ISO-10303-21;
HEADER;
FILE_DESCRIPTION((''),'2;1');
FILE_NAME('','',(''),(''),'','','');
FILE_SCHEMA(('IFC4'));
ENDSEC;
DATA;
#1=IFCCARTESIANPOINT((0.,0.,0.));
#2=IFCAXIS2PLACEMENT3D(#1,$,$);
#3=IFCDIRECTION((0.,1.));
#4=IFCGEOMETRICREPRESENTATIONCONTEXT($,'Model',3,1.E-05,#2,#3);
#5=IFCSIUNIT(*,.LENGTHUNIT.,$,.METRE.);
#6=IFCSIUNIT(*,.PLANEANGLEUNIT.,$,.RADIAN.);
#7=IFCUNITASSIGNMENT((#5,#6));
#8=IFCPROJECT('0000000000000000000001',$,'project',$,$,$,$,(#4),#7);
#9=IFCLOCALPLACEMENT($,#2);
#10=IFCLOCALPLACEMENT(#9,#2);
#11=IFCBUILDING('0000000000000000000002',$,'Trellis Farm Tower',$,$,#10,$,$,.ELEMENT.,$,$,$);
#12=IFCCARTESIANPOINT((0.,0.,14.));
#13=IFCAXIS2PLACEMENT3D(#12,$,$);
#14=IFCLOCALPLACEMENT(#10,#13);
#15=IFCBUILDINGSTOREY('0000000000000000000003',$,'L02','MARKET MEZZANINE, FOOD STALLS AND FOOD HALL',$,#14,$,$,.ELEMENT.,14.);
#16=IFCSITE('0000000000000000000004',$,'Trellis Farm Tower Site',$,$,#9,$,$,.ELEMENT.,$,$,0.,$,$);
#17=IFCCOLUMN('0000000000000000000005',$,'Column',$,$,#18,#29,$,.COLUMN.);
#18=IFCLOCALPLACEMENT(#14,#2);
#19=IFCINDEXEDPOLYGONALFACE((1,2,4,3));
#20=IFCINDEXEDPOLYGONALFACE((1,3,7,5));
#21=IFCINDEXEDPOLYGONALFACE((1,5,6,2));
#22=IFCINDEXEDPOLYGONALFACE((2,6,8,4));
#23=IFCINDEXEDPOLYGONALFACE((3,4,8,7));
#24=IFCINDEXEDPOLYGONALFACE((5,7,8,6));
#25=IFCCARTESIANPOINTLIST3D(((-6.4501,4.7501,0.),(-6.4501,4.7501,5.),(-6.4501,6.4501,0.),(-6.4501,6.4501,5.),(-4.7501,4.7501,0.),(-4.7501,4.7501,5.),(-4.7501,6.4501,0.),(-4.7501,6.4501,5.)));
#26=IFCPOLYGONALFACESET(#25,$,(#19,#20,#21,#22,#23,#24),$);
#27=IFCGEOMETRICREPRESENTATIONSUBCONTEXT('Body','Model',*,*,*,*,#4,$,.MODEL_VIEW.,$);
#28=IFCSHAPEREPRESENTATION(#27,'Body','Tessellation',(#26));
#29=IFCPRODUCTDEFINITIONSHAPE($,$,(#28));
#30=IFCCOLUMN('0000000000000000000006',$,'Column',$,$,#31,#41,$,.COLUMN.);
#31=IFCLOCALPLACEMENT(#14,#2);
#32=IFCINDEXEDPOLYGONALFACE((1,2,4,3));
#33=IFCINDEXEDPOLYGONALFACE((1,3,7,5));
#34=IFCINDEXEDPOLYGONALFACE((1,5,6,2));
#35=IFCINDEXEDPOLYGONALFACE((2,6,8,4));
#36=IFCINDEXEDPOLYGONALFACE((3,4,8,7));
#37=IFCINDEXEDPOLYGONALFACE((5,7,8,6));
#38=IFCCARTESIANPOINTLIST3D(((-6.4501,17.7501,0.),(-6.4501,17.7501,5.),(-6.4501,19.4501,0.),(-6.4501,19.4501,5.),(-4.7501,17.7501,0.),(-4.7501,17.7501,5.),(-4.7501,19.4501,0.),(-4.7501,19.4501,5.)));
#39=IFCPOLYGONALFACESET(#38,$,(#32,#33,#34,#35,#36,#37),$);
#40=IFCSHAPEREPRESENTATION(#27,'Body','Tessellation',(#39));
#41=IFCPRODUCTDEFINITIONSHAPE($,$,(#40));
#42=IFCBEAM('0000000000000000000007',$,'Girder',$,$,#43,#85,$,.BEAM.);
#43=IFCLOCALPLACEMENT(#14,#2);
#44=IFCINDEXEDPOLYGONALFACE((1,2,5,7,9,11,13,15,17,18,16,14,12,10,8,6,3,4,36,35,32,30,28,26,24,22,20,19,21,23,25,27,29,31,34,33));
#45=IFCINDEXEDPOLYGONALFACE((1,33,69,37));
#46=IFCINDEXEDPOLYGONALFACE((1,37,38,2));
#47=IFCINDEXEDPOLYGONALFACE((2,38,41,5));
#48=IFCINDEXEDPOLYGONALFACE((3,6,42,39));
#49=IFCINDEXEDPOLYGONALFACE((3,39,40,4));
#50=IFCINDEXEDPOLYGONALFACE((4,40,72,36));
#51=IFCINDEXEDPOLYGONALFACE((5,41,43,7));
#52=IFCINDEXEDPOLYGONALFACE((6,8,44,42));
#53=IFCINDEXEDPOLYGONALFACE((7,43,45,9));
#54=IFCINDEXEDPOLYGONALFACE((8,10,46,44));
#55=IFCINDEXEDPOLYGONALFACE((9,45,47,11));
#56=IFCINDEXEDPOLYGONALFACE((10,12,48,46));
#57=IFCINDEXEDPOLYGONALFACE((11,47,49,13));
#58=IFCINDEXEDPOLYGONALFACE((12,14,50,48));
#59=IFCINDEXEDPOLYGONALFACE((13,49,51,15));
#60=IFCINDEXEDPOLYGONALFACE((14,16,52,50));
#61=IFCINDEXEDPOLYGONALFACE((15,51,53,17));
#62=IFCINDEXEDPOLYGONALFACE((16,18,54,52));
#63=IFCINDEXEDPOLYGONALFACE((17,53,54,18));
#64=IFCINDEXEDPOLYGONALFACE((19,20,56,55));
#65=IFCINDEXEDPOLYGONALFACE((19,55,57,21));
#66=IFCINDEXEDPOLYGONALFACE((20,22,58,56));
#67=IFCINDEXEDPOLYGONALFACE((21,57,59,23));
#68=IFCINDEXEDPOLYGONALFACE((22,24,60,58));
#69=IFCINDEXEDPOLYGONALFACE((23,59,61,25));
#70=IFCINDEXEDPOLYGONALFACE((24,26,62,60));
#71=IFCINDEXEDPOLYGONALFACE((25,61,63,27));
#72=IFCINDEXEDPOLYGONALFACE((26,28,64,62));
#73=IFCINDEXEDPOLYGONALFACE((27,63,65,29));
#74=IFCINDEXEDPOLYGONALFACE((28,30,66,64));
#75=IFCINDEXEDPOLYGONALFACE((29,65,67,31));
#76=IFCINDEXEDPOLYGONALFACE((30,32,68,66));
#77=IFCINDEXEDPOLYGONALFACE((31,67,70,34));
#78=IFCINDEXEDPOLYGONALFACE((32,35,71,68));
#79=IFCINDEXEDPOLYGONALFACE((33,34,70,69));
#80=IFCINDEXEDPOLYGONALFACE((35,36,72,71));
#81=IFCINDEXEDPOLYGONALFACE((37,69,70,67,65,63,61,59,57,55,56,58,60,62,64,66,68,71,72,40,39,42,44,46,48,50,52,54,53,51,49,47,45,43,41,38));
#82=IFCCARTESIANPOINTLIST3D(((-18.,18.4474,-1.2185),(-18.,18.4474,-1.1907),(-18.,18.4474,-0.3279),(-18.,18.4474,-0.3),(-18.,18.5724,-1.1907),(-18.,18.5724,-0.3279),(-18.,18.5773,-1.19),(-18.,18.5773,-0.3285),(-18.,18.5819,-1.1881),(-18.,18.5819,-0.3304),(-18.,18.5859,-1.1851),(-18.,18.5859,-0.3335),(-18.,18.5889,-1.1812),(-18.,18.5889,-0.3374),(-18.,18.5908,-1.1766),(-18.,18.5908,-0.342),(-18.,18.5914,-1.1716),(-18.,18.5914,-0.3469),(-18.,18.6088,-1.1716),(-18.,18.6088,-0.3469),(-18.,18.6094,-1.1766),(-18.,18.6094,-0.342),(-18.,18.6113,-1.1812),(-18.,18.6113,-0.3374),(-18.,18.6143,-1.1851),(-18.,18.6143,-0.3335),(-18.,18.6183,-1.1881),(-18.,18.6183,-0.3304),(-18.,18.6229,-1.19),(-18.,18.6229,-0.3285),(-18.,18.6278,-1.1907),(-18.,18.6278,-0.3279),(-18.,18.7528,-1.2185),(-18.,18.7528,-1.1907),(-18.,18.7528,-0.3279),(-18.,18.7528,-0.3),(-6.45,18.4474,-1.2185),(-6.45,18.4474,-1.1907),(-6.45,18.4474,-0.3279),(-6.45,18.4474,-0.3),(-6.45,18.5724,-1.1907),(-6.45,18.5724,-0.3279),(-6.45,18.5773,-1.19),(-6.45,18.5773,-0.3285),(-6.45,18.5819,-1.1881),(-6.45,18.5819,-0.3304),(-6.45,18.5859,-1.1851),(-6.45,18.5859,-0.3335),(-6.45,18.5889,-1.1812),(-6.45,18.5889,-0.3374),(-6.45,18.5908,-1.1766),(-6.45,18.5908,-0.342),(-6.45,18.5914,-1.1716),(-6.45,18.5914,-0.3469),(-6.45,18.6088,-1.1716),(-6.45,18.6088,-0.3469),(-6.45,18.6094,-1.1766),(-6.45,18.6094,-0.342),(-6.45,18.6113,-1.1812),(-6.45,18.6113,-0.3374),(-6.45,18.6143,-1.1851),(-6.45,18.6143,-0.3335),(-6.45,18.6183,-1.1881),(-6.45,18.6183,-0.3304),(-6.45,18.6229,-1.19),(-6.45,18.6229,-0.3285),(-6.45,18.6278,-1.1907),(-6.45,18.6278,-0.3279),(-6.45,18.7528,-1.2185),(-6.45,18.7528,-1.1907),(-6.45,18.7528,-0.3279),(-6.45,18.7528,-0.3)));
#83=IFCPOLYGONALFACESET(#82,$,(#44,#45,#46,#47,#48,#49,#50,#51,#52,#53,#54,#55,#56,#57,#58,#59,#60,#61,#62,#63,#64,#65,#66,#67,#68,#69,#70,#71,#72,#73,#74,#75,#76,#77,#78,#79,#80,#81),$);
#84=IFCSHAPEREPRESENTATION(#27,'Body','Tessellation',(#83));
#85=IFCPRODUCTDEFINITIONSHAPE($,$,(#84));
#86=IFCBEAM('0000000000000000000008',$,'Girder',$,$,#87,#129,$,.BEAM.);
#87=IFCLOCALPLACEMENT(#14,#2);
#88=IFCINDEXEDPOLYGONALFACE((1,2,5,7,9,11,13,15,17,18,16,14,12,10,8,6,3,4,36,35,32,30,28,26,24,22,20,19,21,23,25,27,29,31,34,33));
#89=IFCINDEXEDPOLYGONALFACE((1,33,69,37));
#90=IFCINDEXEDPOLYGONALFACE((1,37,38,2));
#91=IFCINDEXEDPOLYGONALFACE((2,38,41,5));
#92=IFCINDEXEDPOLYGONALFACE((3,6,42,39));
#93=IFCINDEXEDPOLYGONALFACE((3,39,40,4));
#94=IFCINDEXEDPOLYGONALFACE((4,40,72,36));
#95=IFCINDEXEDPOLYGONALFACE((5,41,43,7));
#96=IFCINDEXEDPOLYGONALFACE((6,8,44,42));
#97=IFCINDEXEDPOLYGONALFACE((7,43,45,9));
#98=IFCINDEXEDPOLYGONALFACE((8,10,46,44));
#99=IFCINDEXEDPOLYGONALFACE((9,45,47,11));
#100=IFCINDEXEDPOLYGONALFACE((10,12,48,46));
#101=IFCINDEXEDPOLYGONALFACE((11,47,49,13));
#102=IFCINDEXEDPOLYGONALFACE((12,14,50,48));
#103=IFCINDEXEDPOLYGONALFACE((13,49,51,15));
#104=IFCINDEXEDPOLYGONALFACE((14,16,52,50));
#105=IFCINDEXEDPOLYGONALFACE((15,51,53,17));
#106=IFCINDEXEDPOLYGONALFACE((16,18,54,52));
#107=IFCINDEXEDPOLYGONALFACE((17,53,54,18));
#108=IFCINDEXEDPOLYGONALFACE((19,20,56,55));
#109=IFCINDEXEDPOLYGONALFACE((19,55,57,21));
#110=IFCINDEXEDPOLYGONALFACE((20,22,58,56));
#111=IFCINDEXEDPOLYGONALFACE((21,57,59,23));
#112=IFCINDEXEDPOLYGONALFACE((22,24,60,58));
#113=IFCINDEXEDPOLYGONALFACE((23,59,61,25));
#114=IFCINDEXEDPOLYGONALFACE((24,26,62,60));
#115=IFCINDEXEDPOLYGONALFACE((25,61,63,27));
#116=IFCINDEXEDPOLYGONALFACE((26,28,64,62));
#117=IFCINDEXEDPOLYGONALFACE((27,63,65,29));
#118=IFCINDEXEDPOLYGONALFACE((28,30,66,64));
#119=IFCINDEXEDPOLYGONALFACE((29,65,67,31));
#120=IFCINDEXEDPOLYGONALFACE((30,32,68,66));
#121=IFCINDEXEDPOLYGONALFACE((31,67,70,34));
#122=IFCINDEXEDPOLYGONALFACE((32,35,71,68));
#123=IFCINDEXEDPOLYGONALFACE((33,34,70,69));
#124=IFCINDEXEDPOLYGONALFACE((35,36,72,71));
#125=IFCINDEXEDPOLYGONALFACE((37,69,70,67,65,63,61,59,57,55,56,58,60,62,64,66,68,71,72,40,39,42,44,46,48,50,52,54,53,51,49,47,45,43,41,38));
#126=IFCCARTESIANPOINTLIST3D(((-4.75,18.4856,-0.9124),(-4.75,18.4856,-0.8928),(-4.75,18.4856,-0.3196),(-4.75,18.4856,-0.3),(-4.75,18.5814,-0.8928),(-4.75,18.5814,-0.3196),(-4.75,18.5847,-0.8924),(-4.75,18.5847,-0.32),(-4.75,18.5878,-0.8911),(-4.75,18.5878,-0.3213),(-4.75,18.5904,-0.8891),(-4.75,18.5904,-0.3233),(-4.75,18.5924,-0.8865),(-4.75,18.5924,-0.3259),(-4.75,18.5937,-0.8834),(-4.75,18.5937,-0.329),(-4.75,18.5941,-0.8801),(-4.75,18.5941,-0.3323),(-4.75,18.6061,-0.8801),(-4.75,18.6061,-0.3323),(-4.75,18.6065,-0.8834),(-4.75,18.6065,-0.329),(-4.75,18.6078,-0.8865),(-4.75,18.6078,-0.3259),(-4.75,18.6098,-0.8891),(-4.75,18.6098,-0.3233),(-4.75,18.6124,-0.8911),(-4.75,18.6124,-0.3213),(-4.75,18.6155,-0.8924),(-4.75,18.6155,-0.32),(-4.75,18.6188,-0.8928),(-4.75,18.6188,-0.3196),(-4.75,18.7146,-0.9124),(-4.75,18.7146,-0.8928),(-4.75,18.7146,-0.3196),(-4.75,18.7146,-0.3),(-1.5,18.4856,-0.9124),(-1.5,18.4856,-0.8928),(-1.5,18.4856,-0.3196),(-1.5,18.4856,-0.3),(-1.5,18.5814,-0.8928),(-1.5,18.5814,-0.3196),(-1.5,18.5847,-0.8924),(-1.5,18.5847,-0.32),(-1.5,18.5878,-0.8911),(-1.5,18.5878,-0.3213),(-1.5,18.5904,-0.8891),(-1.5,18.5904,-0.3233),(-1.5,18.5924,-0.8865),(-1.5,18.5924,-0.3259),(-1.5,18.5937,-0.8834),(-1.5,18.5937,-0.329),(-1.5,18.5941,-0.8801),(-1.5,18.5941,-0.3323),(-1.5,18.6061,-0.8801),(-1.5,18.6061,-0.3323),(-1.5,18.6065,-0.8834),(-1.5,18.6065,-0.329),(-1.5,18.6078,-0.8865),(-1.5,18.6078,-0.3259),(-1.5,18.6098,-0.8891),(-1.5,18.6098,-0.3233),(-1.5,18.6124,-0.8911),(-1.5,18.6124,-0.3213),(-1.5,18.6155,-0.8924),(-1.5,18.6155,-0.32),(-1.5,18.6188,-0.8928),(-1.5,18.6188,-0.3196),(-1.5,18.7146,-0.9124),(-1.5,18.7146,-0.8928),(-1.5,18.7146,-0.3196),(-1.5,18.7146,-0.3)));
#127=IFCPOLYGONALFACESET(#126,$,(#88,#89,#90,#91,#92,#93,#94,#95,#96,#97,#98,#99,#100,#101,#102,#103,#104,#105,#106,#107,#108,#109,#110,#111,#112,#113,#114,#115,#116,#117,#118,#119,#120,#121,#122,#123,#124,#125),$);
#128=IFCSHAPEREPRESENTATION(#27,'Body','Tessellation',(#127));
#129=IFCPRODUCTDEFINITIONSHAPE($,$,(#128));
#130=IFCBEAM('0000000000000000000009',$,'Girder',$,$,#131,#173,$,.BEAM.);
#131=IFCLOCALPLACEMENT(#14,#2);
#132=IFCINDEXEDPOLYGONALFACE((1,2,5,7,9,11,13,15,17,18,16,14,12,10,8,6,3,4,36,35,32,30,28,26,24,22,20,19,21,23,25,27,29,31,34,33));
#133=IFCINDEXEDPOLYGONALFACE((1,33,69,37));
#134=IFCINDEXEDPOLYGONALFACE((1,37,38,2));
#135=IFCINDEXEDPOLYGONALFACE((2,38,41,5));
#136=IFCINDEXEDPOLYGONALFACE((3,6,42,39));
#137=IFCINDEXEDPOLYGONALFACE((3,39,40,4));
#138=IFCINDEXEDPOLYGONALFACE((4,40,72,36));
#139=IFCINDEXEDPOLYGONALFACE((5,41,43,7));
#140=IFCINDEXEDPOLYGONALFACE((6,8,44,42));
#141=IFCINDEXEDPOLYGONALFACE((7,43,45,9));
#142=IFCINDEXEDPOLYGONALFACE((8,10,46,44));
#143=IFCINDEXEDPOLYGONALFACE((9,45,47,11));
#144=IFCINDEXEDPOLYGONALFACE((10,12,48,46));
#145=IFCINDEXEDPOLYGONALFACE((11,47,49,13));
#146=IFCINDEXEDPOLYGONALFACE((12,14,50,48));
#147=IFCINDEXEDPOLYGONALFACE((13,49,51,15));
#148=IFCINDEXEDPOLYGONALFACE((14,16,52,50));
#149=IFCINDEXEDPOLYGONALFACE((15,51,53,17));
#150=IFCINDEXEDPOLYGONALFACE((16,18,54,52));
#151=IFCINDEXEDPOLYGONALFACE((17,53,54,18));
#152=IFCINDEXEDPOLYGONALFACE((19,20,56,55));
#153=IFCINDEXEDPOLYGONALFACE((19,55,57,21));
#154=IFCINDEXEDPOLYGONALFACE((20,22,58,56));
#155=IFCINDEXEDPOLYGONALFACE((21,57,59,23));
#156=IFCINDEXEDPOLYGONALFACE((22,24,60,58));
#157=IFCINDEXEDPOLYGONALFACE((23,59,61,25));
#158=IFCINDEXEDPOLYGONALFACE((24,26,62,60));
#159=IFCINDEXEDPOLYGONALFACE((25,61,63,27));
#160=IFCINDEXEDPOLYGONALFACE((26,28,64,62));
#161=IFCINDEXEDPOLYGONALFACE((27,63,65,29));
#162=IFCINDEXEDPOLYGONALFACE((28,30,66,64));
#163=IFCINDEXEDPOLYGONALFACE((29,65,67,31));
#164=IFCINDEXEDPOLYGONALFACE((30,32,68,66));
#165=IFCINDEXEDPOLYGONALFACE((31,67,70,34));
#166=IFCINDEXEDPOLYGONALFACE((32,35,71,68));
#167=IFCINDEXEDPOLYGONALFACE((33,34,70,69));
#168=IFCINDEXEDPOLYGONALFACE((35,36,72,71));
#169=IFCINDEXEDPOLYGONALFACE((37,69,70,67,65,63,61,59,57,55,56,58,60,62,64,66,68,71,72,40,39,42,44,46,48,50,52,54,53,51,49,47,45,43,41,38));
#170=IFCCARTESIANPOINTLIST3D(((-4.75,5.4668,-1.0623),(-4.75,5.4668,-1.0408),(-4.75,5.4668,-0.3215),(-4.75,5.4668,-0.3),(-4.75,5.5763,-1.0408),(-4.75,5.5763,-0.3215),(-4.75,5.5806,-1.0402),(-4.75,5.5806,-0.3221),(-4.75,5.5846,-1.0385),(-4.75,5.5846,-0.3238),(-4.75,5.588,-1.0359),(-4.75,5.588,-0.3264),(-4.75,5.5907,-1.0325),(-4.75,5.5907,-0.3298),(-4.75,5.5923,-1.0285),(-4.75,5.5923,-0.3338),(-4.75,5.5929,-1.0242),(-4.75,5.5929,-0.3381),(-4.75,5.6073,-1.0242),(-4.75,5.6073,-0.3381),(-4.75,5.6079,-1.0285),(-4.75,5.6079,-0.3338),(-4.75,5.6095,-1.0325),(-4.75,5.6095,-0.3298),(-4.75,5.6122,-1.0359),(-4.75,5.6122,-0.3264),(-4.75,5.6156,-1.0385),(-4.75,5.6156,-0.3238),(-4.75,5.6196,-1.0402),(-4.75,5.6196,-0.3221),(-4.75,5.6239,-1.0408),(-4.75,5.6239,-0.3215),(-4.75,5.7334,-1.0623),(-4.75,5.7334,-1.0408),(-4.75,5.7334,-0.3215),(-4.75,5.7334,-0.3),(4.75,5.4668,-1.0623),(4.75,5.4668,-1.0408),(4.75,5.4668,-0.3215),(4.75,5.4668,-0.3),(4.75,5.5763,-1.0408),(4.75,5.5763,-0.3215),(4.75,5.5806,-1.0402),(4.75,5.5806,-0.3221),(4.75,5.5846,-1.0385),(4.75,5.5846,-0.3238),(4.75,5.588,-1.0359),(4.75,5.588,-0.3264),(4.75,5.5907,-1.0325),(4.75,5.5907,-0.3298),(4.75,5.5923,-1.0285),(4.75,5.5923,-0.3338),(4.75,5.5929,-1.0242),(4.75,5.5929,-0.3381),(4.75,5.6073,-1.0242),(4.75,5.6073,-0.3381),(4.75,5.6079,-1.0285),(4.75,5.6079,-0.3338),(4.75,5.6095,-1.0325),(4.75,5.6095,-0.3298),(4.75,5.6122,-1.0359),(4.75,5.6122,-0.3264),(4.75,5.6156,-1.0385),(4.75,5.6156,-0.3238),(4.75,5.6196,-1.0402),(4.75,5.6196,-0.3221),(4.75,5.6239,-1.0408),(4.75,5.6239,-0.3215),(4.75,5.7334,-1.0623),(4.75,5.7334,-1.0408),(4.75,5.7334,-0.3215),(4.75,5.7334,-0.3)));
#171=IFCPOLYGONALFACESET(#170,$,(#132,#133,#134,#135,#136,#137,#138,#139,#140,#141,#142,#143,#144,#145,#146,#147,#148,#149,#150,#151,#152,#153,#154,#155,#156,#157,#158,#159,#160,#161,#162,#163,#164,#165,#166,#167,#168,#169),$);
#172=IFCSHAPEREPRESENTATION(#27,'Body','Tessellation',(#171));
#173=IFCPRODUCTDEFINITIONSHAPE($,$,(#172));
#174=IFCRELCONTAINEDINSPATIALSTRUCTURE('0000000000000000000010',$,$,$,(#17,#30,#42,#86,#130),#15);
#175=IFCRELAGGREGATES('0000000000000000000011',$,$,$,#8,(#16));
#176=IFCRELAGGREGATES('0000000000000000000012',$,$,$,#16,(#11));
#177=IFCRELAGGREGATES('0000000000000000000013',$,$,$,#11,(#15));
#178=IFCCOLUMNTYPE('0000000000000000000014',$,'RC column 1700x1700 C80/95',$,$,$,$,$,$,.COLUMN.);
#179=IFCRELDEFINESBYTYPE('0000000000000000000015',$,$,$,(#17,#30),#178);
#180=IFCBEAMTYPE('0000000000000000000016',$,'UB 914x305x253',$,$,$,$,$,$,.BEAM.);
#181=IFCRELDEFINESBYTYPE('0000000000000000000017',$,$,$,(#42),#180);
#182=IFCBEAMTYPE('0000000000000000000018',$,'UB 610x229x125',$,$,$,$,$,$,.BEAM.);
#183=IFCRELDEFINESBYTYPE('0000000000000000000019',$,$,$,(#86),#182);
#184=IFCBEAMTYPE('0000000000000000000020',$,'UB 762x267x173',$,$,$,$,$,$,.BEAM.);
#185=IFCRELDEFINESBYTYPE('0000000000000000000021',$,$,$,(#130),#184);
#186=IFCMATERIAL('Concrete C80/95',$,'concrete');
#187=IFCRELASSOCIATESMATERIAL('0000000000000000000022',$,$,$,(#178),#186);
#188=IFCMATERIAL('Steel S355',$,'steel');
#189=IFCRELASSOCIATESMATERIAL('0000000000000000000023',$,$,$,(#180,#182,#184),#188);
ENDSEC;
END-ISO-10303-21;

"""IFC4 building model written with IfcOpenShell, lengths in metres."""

from ifc_helpers import new_model, si_unit, direction, frame, origin, origin_2d, place, context, subcontext, project, spatial, rectangle, i_section, extrude, source, transform, mapped, material, material_profile, profile_set, type_object, element, save


model = new_model("IFC4")

# Units and contexts
model_context = context("Model", 3, precision=1e-05, world=origin(), true_north=direction((0.0, 1.0)))
body_context = subcontext(model_context, "Body", "Model", "MODEL_VIEW")
ifc_project = project(units=[si_unit("LENGTHUNIT", "METRE"), si_unit("PLANEANGLEUNIT", "RADIAN")], contexts=[model_context])

# Site, building, storey
site_placement = place(None, origin())
site = spatial("IfcSite", under=ifc_project, at=site_placement, Name="Trellis Farm Tower Site", CompositionType="ELEMENT", RefElevation=0.0)
building_placement = place(site_placement, origin())
building = spatial("IfcBuilding", under=site, at=building_placement, Name="Trellis Farm Tower", CompositionType="ELEMENT")
storey_placement = place(building_placement, frame((0.0, 0.0, 14.0)))
storey = spatial("IfcBuildingStorey", under=building, at=storey_placement, Name="L02", Description="MARKET MEZZANINE, FOOD STALLS AND FOOD HALL", CompositionType="ELEMENT", Elevation=14.0)

# Columns
ifc_material_1 = material(Name="Concrete C80/95", Category="concrete")
ifc_material_profile_1 = material_profile(ifc_material_1, rectangle(XDim=1.7, YDim=1.7, at=origin_2d()), Name="RC column 1700x1700 C80/95")
ifc_profile_set_1 = profile_set([ifc_material_profile_1], Name="Concrete C80/95")
column_type = type_object("IfcColumnType", Name="RC column 1700x1700 C80/95", PredefinedType="COLUMN", material=ifc_profile_set_1)
shared_shape_1 = source(origin(), body_context, "Body", "SweptSolid", [
    extrude(rectangle(XDim=1.7, YDim=1.7, at=origin_2d()), origin(), (0.0, 0.0, 1.0), 5.0),
])
for number, where, z_axis, x_axis, name in (
    (1, (-5.6001, 5.6001, 0.0), (0.0, 0.0, 1.0), (1.0, 0.0, 0.0), "Column"),
    (2, (-5.6001, 18.6001, 0.0), (0.0, 0.0, 1.0), (1.0, 0.0, 0.0), "Column"),
):
    element("IfcColumn", number, at=place(storey_placement, frame(where, z_axis=z_axis, x_axis=x_axis)), inside=storey, type_object=column_type, Name=name, PredefinedType="COLUMN", context=body_context, shape_type="MappedRepresentation", body=[
        mapped(shared_shape_1, transform((0.0, 0.0, 0.0))),
    ])

# Beams
ifc_material_2 = material(Name="Steel S355", Category="steel")
ifc_material_profile_2 = material_profile(ifc_material_2, i_section(OverallWidth=0.3054, OverallDepth=0.9185, WebThickness=0.0173, FlangeThickness=0.0278, FilletRadius=0.019, at=origin_2d()), Name="UB 914x305x253")
ifc_profile_set_2 = profile_set([ifc_material_profile_2], Name="Steel S355")
beam_type_1 = type_object("IfcBeamType", Name="UB 914x305x253", PredefinedType="BEAM", material=ifc_profile_set_2)
shared_shape_2 = source(origin(), body_context, "Body", "SweptSolid", [
    extrude(i_section(OverallWidth=0.3054, OverallDepth=0.9185, WebThickness=0.0173, FlangeThickness=0.0278, FilletRadius=0.019, at=origin_2d()), origin(), (0.0, 0.0, 1.0), 11.55),
])
beam_1_placement = place(storey_placement, frame((-18.0, 18.6001, -0.7593), z_axis=(1.0, 0.0, 0.0), x_axis=(0.0, 1.0, 0.0)))
element("IfcBeam", 3, at=beam_1_placement, inside=storey, type_object=beam_type_1, Name="Girder", PredefinedType="BEAM", context=body_context, shape_type="MappedRepresentation", body=[
    mapped(shared_shape_2, transform((0.0, 0.0, 0.0))),
])
ifc_material_profile_3 = material_profile(ifc_material_2, i_section(OverallWidth=0.229, OverallDepth=0.6123, WebThickness=0.012, FlangeThickness=0.0195, FilletRadius=0.0127, at=origin_2d()), Name="UB 610x229x125")
ifc_profile_set_3 = profile_set([ifc_material_profile_3], Name="Steel S355")
beam_type_2 = type_object("IfcBeamType", Name="UB 610x229x125", PredefinedType="BEAM", material=ifc_profile_set_3)
shared_shape_3 = source(origin(), body_context, "Body", "SweptSolid", [
    extrude(i_section(OverallWidth=0.229, OverallDepth=0.6123, WebThickness=0.012, FlangeThickness=0.0195, FilletRadius=0.0127, at=origin_2d()), origin(), (0.0, 0.0, 1.0), 3.25),
])
beam_2_placement = place(storey_placement, frame((-4.75, 18.6001, -0.6062), z_axis=(1.0, 0.0, 0.0), x_axis=(0.0, 1.0, 0.0)))
element("IfcBeam", 4, at=beam_2_placement, inside=storey, type_object=beam_type_2, Name="Girder", PredefinedType="BEAM", context=body_context, shape_type="MappedRepresentation", body=[
    mapped(shared_shape_3, transform((0.0, 0.0, 0.0))),
])
ifc_material_profile_4 = material_profile(ifc_material_2, i_section(OverallWidth=0.2666, OverallDepth=0.7622, WebThickness=0.0144, FlangeThickness=0.0215, FilletRadius=0.0166, at=origin_2d()), Name="UB 762x267x173")
ifc_profile_set_4 = profile_set([ifc_material_profile_4], Name="Steel S355")
beam_type_3 = type_object("IfcBeamType", Name="UB 762x267x173", PredefinedType="BEAM", material=ifc_profile_set_4)
shared_shape_4 = source(origin(), body_context, "Body", "SweptSolid", [
    extrude(i_section(OverallWidth=0.2666, OverallDepth=0.7622, WebThickness=0.0144, FlangeThickness=0.0215, FilletRadius=0.0166, at=origin_2d()), origin(), (0.0, 0.0, 1.0), 9.5),
])
beam_3_placement = place(storey_placement, frame((-4.75, 5.6001, -0.6812), z_axis=(1.0, 0.0, 0.0), x_axis=(0.0, 1.0, 0.0)))
element("IfcBeam", 5, at=beam_3_placement, inside=storey, type_object=beam_type_3, Name="Girder", PredefinedType="BEAM", context=body_context, shape_type="MappedRepresentation", body=[
    mapped(shared_shape_4, transform((0.0, 0.0, 0.0))),
])

save(model, "model.ifc")
